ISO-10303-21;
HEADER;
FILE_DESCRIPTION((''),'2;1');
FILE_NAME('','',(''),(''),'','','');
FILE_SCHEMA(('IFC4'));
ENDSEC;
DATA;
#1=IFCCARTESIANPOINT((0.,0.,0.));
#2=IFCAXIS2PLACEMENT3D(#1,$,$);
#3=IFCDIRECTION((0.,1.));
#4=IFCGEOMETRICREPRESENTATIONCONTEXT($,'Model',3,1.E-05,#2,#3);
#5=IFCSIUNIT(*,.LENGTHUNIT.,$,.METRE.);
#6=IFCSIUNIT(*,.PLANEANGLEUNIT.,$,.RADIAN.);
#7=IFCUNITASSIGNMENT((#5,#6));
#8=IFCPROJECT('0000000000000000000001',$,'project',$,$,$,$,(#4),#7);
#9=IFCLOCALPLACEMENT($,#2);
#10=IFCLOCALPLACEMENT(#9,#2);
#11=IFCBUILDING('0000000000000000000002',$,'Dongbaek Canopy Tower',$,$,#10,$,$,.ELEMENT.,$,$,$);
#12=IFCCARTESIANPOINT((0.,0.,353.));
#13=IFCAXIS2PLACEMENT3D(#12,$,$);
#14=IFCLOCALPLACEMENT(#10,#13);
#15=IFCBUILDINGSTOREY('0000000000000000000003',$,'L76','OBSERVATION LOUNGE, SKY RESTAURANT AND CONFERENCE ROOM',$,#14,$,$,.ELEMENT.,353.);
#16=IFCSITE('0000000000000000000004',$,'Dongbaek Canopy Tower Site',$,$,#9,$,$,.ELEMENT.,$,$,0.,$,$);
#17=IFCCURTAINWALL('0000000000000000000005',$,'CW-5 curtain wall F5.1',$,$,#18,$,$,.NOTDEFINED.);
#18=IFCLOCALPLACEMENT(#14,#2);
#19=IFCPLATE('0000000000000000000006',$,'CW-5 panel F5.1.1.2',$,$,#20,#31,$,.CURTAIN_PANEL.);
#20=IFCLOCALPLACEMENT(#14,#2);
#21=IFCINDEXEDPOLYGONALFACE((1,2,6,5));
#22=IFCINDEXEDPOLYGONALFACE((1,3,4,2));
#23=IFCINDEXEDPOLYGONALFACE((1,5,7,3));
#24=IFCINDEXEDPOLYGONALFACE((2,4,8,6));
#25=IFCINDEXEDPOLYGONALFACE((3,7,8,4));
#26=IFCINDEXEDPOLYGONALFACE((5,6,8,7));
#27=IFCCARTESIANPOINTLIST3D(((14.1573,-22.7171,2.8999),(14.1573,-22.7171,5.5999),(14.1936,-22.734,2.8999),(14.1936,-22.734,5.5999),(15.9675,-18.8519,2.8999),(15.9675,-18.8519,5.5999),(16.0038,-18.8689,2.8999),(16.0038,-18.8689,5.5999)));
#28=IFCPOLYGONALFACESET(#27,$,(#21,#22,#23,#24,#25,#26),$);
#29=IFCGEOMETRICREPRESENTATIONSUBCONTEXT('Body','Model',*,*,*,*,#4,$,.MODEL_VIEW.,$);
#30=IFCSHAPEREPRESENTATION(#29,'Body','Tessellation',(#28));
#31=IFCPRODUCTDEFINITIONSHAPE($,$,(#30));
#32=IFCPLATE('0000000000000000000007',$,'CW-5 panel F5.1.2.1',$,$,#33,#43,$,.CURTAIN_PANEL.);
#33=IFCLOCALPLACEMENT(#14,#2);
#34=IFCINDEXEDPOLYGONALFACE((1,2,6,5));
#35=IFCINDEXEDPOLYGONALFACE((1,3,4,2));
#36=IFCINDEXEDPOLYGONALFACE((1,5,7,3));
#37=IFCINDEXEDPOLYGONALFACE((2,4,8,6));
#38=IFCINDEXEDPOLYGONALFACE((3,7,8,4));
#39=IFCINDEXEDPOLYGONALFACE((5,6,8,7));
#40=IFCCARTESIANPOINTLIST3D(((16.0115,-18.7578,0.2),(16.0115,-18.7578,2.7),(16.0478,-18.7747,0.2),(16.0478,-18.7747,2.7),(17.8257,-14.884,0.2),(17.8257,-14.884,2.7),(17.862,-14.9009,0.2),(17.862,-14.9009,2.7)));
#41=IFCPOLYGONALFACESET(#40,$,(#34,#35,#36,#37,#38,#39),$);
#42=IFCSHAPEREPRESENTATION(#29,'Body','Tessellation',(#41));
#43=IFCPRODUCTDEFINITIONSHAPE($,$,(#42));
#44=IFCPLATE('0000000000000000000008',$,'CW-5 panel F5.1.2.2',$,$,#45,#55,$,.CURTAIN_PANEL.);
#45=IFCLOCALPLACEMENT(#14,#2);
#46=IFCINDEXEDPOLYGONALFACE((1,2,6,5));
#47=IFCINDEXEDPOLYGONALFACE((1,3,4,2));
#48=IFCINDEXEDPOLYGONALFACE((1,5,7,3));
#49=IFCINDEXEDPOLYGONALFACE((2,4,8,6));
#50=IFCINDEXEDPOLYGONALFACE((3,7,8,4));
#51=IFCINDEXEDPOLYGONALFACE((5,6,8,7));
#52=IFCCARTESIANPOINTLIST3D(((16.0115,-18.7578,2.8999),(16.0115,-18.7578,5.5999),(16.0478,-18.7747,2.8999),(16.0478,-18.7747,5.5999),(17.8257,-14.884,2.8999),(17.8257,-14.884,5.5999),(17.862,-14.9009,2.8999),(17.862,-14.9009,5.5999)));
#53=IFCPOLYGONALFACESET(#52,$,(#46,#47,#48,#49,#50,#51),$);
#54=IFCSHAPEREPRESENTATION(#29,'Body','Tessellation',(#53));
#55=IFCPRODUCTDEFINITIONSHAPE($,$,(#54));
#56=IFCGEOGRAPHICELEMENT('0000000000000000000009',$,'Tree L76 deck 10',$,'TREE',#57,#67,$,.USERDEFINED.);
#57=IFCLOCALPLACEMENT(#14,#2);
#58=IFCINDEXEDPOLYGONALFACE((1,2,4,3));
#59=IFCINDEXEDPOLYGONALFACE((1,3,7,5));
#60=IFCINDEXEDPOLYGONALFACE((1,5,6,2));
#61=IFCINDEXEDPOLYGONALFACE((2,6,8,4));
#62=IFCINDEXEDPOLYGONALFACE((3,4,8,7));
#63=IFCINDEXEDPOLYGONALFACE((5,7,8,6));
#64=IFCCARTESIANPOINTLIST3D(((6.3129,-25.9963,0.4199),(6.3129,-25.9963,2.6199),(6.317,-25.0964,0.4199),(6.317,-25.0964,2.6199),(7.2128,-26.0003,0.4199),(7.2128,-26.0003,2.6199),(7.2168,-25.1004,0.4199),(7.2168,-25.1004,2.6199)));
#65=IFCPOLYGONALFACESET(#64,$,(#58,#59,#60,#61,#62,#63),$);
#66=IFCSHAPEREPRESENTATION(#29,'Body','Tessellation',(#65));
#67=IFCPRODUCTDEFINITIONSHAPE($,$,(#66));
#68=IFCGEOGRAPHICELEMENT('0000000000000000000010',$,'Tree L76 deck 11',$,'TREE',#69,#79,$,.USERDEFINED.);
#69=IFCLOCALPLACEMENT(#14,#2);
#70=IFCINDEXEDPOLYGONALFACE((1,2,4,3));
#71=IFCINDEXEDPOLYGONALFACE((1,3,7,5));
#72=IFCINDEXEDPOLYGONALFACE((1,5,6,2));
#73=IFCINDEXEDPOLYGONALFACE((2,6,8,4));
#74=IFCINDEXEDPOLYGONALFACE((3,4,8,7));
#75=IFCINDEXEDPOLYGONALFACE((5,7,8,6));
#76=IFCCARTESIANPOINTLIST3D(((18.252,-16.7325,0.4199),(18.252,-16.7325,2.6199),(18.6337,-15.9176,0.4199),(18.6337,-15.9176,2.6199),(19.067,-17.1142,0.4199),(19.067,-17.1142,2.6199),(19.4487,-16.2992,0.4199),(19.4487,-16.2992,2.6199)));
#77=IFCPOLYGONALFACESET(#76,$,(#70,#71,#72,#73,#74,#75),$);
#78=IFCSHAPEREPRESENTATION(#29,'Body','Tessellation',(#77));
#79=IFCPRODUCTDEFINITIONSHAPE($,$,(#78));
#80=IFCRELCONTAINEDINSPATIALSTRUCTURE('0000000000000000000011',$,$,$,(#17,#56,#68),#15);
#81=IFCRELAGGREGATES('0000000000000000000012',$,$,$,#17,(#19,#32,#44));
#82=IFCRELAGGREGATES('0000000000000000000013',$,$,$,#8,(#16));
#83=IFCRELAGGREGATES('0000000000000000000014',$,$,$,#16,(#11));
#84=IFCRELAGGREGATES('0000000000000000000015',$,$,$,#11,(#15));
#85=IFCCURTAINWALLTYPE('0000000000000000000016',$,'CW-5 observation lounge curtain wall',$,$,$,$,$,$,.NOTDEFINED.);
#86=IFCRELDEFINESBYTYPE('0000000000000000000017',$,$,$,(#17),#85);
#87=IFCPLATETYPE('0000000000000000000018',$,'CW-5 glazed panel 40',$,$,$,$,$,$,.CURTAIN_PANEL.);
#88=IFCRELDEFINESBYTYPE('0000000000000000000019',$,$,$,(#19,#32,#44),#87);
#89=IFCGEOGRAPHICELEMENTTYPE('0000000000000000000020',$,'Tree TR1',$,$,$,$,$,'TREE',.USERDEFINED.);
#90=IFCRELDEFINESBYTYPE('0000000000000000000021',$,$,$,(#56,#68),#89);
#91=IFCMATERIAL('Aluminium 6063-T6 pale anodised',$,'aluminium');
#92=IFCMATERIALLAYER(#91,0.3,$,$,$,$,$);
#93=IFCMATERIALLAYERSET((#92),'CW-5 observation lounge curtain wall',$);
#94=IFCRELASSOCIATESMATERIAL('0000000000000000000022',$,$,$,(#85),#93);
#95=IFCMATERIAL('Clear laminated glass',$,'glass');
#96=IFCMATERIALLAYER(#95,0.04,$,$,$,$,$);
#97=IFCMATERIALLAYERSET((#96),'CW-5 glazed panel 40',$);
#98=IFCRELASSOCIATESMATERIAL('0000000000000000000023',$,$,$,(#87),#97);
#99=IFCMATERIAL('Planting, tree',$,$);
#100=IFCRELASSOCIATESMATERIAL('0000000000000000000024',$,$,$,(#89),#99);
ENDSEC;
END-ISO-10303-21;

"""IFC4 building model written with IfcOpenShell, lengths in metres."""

from ifc_helpers import new_model, si_unit, direction, frame, origin, origin_2d, place, context, subcontext, project, spatial, rectangle, extrude, material, layer, layer_set, type_object, element, aggregate, save


model = new_model("IFC4")

# Units and contexts
model_context = context("Model", 3, precision=1e-05, world=origin(), true_north=direction((0.0, 1.0)))
body_context = subcontext(model_context, "Body", "Model", "MODEL_VIEW")
ifc_project = project(units=[si_unit("LENGTHUNIT", "METRE"), si_unit("PLANEANGLEUNIT", "RADIAN")], contexts=[model_context])

# Site, building, storey
site_placement = place(None, origin())
site = spatial("IfcSite", under=ifc_project, at=site_placement, Name="Dongbaek Canopy Tower Site", CompositionType="ELEMENT", RefElevation=0.0)
building_placement = place(site_placement, origin())
building = spatial("IfcBuilding", under=site, at=building_placement, Name="Dongbaek Canopy Tower", CompositionType="ELEMENT")
storey_placement = place(building_placement, frame((0.0, 0.0, 353.0)))
storey = spatial("IfcBuildingStorey", under=building, at=storey_placement, Name="L76", Description="OBSERVATION LOUNGE, SKY RESTAURANT AND CONFERENCE ROOM", CompositionType="ELEMENT", Elevation=353.0)

# Curtain wall
ifc_material_1 = material(Name="Aluminium 6063-T6 pale anodised", Category="aluminium")
ifc_layer_1 = layer(ifc_material_1, 0.3)
ifc_layer_set_1 = layer_set([ifc_layer_1], Name="CW-5 observation lounge curtain wall")
curtain_wall_type = type_object("IfcCurtainWallType", Name="CW-5 observation lounge curtain wall", PredefinedType="NOTDEFINED", material=ifc_layer_set_1)
curtain_wall_1_placement = place(storey_placement, origin())
curtain_wall_1 = element("IfcCurtainWall", 1, at=curtain_wall_1_placement, inside=storey, type_object=curtain_wall_type, Name="CW-5 curtain wall F5.1", PredefinedType="NOTDEFINED")

# Plates
ifc_material_2 = material(Name="Clear laminated glass", Category="glass")
ifc_layer_2 = layer(ifc_material_2, 0.04)
ifc_layer_set_2 = layer_set([ifc_layer_2], Name="CW-5 glazed panel 40")
plate_type = type_object("IfcPlateType", Name="CW-5 glazed panel 40", PredefinedType="CURTAIN_PANEL", material=ifc_layer_set_2)
plate_1_placement = place(storey_placement, frame((15.0806, -20.793, 2.8999), z_axis=(0.0, 0.0, 1.0), x_axis=(0.424123, 0.905605, 0.0)))
plate_1 = element("IfcPlate", 2, at=plate_1_placement, type_object=plate_type, Name="CW-5 panel F5.1.1.2", PredefinedType="CURTAIN_PANEL", context=body_context, shape_type="SweptSolid", body=[
    extrude(rectangle(XDim=4.2681, YDim=0.04, at=origin_2d()), origin(), (0.0, 0.0, 1.0), 2.7),
])
plate_2_placement = place(storey_placement, frame((16.9368, -16.8293, 0.2), z_axis=(0.0, 0.0, 1.0), x_axis=(0.424123, 0.905605, 0.0)))
plate_2 = element("IfcPlate", 3, at=plate_2_placement, type_object=plate_type, Name="CW-5 panel F5.1.2.1", PredefinedType="CURTAIN_PANEL", context=body_context, shape_type="SweptSolid", body=[
    extrude(rectangle(XDim=4.2776, YDim=0.04, at=origin_2d()), origin(), (0.0, 0.0, 1.0), 2.5),
])
plate_3_placement = place(storey_placement, frame((16.9368, -16.8293, 2.8999), z_axis=(0.0, 0.0, 1.0), x_axis=(0.424123, 0.905605, 0.0)))
plate_3 = element("IfcPlate", 4, at=plate_3_placement, type_object=plate_type, Name="CW-5 panel F5.1.2.2", PredefinedType="CURTAIN_PANEL", context=body_context, shape_type="SweptSolid", body=[
    extrude(rectangle(XDim=4.2776, YDim=0.04, at=origin_2d()), origin(), (0.0, 0.0, 1.0), 2.7),
])
aggregate(curtain_wall_1, [plate_1, plate_2, plate_3])

# Geographic elements
ifc_material_3 = material(Name="Planting, tree")
geographic_element_type = type_object("IfcGeographicElementType", Name="Tree TR1", ElementType="TREE", PredefinedType="USERDEFINED", material=ifc_material_3)
for number, where, z_axis, x_axis, name in (
    (5, (6.7649, -25.5483, 0.4199), (0.0, 0.0, 1.0), (0.99999, -0.004466, 0.0), "Tree L76 deck 10"),
    (6, (18.8503, -16.5159, 0.4199), (0.0, 0.0, 1.0), (0.424123, 0.905605, 0.0), "Tree L76 deck 11"),
):
    element("IfcGeographicElement", number, at=place(storey_placement, frame(where, z_axis=z_axis, x_axis=x_axis)), inside=storey, type_object=geographic_element_type, Name=name, ObjectType="TREE", PredefinedType="USERDEFINED", context=body_context, shape_type="SweptSolid", body=[
        extrude(rectangle(XDim=0.8999, YDim=0.8999, at=origin_2d()), origin(), (0.0, 0.0, 1.0), 2.2),
    ])

save(model, "model.ifc")
